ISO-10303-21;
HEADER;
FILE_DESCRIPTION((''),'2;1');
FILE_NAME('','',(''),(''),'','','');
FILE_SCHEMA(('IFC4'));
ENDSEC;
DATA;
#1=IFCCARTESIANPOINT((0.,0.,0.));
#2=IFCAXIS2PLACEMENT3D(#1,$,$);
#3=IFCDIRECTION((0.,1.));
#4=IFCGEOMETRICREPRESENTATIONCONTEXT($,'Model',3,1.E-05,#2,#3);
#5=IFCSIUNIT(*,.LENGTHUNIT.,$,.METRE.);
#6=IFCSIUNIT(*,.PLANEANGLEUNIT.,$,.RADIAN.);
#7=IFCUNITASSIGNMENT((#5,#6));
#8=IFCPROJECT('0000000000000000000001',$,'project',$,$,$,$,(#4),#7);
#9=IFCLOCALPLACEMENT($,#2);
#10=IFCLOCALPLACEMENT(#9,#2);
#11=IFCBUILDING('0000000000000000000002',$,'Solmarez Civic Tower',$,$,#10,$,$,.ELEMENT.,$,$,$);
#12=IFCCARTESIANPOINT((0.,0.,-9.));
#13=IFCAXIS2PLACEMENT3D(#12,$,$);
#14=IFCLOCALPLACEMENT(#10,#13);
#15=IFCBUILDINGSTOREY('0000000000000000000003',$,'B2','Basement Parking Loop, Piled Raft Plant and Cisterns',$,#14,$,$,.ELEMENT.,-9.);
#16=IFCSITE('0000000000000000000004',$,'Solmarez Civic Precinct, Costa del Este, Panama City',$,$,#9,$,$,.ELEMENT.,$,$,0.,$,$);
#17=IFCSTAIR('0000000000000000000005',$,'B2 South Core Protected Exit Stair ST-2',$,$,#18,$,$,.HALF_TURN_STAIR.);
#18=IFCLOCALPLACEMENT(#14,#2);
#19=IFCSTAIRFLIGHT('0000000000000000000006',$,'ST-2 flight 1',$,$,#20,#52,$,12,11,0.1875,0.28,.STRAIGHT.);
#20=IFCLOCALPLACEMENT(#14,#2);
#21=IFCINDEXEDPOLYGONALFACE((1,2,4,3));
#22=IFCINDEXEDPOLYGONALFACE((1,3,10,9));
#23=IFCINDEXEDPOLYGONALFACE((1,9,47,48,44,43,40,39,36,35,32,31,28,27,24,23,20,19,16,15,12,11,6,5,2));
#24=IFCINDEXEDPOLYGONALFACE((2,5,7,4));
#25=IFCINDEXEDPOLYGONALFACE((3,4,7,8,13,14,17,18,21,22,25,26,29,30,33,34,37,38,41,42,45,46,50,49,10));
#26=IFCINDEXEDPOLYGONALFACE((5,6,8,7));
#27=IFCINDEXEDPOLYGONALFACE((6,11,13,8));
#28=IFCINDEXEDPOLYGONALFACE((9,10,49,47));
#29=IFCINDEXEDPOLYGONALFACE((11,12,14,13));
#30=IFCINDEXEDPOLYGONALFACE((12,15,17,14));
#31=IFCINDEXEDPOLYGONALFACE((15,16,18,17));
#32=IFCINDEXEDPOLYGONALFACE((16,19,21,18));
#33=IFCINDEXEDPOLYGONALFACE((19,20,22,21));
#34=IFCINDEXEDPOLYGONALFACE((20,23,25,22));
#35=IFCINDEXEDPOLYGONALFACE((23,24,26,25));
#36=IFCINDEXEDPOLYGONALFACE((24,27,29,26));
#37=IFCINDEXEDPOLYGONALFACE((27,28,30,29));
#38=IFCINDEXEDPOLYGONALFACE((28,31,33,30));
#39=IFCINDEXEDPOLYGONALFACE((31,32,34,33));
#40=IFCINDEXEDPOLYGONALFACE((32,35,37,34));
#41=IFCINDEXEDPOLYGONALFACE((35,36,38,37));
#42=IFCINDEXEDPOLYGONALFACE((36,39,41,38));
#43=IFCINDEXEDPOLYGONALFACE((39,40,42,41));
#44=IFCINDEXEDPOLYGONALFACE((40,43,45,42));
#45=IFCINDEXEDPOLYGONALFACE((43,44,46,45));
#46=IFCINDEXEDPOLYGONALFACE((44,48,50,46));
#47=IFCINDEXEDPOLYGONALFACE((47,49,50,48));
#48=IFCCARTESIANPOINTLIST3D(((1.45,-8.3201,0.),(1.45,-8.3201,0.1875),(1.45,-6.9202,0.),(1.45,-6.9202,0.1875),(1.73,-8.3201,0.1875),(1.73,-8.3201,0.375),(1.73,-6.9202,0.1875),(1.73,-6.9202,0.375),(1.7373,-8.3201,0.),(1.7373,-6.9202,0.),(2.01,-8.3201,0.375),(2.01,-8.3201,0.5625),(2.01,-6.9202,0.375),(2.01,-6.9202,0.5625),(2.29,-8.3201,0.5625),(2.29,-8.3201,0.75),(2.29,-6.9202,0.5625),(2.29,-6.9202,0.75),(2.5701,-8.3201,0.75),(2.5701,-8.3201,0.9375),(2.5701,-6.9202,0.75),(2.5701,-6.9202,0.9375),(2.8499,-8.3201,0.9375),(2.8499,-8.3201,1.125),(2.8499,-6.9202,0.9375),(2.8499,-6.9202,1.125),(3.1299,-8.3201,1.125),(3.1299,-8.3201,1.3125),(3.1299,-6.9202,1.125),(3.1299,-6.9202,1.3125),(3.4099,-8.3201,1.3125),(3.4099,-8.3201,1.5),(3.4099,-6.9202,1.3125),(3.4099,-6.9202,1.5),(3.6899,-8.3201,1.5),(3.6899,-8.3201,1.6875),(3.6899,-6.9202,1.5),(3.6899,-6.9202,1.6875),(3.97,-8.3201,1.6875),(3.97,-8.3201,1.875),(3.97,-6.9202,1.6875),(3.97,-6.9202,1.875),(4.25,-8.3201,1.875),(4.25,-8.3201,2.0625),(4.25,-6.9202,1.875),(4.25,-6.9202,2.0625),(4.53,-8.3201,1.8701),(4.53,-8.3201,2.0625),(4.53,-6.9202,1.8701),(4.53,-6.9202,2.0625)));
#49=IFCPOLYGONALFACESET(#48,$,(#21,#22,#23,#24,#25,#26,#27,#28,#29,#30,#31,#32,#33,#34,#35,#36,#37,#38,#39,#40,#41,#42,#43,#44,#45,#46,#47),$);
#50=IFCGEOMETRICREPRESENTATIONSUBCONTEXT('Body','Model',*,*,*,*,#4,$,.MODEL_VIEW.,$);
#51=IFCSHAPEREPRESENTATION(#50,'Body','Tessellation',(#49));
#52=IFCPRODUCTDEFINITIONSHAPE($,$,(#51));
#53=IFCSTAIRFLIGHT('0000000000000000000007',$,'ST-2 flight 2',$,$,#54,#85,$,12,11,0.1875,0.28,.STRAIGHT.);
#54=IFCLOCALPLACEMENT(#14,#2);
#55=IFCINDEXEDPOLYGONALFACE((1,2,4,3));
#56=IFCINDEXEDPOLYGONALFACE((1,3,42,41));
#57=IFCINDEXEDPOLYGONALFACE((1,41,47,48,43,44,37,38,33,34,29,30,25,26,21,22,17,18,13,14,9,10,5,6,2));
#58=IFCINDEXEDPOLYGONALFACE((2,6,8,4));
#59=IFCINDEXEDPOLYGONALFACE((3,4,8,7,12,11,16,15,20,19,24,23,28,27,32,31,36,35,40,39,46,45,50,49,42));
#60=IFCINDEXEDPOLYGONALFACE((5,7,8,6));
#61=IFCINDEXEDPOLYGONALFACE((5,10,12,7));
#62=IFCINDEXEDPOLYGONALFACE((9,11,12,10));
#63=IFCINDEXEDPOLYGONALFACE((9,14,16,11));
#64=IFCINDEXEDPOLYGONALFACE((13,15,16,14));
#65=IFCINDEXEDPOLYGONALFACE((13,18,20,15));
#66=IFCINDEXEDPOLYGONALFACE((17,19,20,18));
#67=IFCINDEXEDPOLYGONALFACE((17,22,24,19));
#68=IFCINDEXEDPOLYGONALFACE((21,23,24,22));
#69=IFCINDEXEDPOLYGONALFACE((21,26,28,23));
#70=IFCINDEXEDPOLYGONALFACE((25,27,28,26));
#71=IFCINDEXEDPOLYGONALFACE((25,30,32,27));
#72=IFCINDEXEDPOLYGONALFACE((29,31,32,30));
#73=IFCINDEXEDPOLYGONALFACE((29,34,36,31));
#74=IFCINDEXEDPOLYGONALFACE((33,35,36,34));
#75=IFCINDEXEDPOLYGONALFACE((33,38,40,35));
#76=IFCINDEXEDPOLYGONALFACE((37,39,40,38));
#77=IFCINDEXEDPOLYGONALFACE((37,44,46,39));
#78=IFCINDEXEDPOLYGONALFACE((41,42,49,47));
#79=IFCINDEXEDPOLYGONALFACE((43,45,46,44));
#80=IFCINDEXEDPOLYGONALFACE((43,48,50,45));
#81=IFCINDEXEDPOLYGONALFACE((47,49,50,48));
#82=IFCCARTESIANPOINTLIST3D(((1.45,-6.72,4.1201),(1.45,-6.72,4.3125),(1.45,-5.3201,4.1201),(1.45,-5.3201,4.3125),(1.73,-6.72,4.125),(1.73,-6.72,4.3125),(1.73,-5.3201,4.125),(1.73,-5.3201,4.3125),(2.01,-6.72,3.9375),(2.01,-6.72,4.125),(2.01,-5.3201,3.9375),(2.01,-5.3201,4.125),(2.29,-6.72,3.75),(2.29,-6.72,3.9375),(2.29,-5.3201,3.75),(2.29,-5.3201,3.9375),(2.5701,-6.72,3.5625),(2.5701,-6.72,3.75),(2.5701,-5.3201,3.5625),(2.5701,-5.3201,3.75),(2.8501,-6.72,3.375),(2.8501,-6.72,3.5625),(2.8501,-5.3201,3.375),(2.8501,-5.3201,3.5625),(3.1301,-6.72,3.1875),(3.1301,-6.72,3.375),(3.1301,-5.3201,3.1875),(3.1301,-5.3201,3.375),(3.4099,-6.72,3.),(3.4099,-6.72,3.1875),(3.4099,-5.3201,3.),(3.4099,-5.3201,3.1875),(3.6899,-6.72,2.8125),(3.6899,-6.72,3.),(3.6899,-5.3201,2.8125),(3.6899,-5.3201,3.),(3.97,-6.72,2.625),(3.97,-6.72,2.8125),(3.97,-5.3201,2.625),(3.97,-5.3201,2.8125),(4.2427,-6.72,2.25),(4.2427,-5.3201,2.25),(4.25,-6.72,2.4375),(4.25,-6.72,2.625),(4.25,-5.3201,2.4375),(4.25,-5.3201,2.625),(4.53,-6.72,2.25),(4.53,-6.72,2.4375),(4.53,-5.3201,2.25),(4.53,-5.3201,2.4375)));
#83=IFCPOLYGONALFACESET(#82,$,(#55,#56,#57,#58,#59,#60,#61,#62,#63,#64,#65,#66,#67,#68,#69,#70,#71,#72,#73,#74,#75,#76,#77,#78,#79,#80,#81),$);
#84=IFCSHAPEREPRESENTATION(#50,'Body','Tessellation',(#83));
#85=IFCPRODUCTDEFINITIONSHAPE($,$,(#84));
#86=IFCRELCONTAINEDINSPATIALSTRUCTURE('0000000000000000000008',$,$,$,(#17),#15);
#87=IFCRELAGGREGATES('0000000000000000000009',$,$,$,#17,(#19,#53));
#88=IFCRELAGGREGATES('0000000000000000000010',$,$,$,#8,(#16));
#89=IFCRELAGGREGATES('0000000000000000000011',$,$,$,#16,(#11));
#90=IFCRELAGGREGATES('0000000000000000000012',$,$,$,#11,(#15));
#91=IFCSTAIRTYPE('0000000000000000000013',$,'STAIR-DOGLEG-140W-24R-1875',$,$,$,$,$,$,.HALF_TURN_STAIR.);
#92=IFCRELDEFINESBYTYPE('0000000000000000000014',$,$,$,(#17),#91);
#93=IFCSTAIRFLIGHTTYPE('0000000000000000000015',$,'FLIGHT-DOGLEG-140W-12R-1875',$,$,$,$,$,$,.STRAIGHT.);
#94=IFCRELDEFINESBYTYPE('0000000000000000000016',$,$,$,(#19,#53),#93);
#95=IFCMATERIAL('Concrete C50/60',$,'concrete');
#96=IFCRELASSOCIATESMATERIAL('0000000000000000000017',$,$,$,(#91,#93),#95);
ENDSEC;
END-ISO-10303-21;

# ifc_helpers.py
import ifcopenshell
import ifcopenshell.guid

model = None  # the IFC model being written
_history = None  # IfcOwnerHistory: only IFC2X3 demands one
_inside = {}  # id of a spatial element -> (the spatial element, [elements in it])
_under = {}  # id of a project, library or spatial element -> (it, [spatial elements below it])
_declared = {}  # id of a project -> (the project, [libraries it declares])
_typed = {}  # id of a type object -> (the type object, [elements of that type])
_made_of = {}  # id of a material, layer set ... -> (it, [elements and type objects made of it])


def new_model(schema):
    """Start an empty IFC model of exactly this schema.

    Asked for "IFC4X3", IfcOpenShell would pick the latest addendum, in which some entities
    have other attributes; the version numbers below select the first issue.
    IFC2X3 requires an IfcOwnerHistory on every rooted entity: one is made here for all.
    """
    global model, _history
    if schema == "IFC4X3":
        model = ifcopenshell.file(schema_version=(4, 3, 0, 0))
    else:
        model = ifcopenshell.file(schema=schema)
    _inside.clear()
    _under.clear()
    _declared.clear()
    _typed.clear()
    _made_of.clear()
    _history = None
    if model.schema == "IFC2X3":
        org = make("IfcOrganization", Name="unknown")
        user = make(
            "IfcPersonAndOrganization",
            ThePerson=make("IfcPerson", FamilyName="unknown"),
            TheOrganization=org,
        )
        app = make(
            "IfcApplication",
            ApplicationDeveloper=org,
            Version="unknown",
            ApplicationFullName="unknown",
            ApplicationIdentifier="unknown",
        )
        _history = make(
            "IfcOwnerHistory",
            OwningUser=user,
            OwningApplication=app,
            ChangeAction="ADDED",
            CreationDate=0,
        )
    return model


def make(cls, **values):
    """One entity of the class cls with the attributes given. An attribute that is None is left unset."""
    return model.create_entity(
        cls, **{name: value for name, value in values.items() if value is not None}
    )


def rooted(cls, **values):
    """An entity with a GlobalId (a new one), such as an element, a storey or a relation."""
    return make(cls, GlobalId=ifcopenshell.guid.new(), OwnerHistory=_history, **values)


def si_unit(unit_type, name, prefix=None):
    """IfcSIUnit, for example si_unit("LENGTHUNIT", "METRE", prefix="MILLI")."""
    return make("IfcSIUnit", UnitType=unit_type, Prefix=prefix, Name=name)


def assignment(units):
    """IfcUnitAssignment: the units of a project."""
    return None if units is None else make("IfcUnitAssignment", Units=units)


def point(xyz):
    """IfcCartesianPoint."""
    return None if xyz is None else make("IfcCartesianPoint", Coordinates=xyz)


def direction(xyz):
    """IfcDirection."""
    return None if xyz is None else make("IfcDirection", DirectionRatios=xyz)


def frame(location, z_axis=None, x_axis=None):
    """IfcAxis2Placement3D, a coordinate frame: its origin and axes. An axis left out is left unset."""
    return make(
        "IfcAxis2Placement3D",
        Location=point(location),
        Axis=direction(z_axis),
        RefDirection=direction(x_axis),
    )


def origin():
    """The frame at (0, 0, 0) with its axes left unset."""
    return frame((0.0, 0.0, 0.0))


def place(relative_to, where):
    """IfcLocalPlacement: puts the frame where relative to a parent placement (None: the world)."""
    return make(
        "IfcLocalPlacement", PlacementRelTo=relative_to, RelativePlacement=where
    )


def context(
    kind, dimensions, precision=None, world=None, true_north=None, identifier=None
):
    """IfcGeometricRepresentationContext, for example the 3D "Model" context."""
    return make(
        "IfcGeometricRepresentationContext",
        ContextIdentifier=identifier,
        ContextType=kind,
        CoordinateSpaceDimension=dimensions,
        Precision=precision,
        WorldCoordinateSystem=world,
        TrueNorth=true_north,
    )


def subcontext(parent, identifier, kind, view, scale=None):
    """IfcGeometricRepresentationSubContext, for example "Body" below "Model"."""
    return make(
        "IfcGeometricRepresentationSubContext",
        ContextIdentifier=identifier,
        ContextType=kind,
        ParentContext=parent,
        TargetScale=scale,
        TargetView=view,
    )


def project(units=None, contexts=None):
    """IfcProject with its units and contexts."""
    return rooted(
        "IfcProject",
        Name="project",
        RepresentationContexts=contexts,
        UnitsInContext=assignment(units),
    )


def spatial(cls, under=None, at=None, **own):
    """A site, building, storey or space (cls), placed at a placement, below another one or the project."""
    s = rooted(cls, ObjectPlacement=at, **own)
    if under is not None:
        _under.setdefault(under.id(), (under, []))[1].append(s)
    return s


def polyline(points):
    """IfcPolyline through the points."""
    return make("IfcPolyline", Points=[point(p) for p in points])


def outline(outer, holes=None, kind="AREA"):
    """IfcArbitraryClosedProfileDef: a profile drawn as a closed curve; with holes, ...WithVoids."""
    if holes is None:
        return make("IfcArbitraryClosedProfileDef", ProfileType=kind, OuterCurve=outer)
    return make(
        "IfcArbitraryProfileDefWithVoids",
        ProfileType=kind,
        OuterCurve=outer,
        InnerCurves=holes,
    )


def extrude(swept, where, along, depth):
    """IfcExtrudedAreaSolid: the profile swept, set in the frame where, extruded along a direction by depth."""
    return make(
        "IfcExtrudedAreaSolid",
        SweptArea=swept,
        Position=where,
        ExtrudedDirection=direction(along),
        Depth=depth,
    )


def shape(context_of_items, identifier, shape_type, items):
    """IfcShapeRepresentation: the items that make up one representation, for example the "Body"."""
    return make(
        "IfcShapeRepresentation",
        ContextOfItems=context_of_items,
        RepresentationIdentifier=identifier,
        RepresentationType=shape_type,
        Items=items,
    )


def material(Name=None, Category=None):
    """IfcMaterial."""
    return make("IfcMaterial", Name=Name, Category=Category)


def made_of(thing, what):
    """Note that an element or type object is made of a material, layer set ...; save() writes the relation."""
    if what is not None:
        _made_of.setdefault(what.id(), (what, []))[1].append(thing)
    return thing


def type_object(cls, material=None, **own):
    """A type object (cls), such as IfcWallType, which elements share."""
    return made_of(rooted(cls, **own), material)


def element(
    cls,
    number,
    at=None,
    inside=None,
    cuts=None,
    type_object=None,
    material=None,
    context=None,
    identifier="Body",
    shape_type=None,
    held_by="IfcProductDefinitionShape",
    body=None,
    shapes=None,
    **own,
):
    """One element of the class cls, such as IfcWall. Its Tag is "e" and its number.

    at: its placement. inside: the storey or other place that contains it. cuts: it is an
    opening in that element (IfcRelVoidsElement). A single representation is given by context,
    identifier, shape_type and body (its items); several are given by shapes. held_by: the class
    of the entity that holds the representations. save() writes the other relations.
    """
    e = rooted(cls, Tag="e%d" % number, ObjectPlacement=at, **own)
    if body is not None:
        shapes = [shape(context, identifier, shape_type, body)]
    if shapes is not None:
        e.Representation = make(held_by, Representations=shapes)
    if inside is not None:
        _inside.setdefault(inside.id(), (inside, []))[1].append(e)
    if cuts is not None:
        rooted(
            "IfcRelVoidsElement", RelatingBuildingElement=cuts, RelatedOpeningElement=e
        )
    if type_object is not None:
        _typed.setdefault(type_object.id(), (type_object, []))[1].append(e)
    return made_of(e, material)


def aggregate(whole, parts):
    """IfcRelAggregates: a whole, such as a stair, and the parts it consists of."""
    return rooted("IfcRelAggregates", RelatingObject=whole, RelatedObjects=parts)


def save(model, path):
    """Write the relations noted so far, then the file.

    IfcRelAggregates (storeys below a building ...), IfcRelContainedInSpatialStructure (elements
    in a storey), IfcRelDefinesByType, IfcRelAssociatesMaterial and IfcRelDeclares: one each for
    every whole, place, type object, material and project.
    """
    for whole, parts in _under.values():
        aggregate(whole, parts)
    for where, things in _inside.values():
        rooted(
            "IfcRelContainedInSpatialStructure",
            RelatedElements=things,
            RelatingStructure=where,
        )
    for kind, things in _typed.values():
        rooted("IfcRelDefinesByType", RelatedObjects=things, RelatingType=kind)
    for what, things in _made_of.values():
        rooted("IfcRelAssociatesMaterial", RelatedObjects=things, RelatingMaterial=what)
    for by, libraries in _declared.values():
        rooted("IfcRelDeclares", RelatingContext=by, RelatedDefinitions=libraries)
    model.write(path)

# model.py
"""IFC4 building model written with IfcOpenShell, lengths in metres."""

from ifc_helpers import new_model, si_unit, direction, frame, origin, place, context, subcontext, project, spatial, polyline, outline, extrude, material, type_object, element, aggregate, save


model = new_model("IFC4")

# Units and contexts
model_context = context("Model", 3, precision=1e-05, world=origin(), true_north=direction((0.0, 1.0)))
body_context = subcontext(model_context, "Body", "Model", "MODEL_VIEW")
ifc_project = project(units=[si_unit("LENGTHUNIT", "METRE"), si_unit("PLANEANGLEUNIT", "RADIAN")], contexts=[model_context])

# Site, building, storey
site_placement = place(None, origin())
site = spatial("IfcSite", under=ifc_project, at=site_placement, Name="Solmarez Civic Precinct, Costa del Este, Panama City", CompositionType="ELEMENT", RefElevation=0.0)
building_placement = place(site_placement, origin())
building = spatial("IfcBuilding", under=site, at=building_placement, Name="Solmarez Civic Tower", CompositionType="ELEMENT")
storey_placement = place(building_placement, frame((0.0, 0.0, -9.0)))
storey = spatial("IfcBuildingStorey", under=building, at=storey_placement, Name="B2", Description="Basement Parking Loop, Piled Raft Plant and Cisterns", CompositionType="ELEMENT", Elevation=-9.0)

# Shared definitions
ifc_material_1 = material(Name="Concrete C50/60", Category="concrete")

# Stair, stair flights
stair_type = type_object("IfcStairType", Name="STAIR-DOGLEG-140W-24R-1875", PredefinedType="HALF_TURN_STAIR", material=ifc_material_1)
stair_placement = place(storey_placement, origin())
stair = element("IfcStair", 1, at=stair_placement, inside=storey, type_object=stair_type, Name="B2 South Core Protected Exit Stair ST-2", PredefinedType="HALF_TURN_STAIR")
stair_flight_type = type_object("IfcStairFlightType", Name="FLIGHT-DOGLEG-140W-12R-1875", PredefinedType="STRAIGHT", material=ifc_material_1)
stair_flight_1_placement = place(storey_placement, frame((1.45, -7.6201, 0.0), z_axis=(0.0, 0.0, 1.0), x_axis=(1.0, 0.0, 0.0)))
stair_flight_1 = element("IfcStairFlight", 2, at=stair_flight_1_placement, type_object=stair_flight_type, Name="ST-2 flight 1", NumberOfRisers=12, NumberOfTreads=11, PredefinedType="STRAIGHT", RiserHeight=0.1875, TreadLength=0.28, context=body_context, shape_type="SweptSolid", body=[
    extrude(outline(polyline([(0.0, 0.0), (0.0, 0.1875), (0.28, 0.1875), (0.28, 0.375), (0.5601, 0.375), (0.5601, 0.5625), (0.8401, 0.5625), (0.8401, 0.75), (1.1201, 0.75), (1.1201, 0.9375), (1.3999, 0.9375), (1.3999, 1.125), (1.6799, 1.125), (1.6799, 1.3125), (1.96, 1.3125), (1.96, 1.5), (2.24, 1.5), (2.24, 1.6875), (2.52, 1.6875), (2.52, 1.875), (2.8, 1.875), (2.8, 2.0625), (3.0801, 2.0625), (3.0801, 2.25), (3.0801, 1.8701), (0.2874, 0.0), (0.0, 0.0)])), frame((0.0, 0.7, 0.0), z_axis=(0.0, -1.0, 0.0), x_axis=(1.0, 0.0, 0.0)), (0.0, 0.0, 1.0), 1.3999),
])
stair_flight_2_placement = place(storey_placement, frame((4.53, -6.02, 2.25), z_axis=(0.0, 0.0, 1.0), x_axis=(-1.0, 0.0, 0.0)))
stair_flight_2 = element("IfcStairFlight", 3, at=stair_flight_2_placement, type_object=stair_flight_type, Name="ST-2 flight 2", NumberOfRisers=12, NumberOfTreads=11, PredefinedType="STRAIGHT", RiserHeight=0.1875, TreadLength=0.28, context=body_context, shape_type="SweptSolid", body=[
    extrude(outline(polyline([(0.0, 0.0), (0.0, 0.1875), (0.28, 0.1875), (0.28, 0.375), (0.5601, 0.375), (0.5601, 0.5625), (0.8401, 0.5625), (0.8401, 0.75), (1.1201, 0.75), (1.1201, 0.9375), (1.3999, 0.9375), (1.3999, 1.125), (1.6799, 1.125), (1.6799, 1.3125), (1.96, 1.3125), (1.96, 1.5), (2.24, 1.5), (2.24, 1.6875), (2.52, 1.6875), (2.52, 1.875), (2.8, 1.875), (2.8, 2.0625), (3.0801, 2.0625), (3.0801, 2.25), (3.0801, 1.8701), (0.2874, 0.0), (0.0, 0.0)])), frame((0.0, 0.7, 0.0), z_axis=(0.0, -1.0, 0.0), x_axis=(1.0, 0.0, 0.0)), (0.0, 0.0, 1.0), 1.3999),
])
aggregate(stair, [stair_flight_1, stair_flight_2])

save(model, "model.ifc")
